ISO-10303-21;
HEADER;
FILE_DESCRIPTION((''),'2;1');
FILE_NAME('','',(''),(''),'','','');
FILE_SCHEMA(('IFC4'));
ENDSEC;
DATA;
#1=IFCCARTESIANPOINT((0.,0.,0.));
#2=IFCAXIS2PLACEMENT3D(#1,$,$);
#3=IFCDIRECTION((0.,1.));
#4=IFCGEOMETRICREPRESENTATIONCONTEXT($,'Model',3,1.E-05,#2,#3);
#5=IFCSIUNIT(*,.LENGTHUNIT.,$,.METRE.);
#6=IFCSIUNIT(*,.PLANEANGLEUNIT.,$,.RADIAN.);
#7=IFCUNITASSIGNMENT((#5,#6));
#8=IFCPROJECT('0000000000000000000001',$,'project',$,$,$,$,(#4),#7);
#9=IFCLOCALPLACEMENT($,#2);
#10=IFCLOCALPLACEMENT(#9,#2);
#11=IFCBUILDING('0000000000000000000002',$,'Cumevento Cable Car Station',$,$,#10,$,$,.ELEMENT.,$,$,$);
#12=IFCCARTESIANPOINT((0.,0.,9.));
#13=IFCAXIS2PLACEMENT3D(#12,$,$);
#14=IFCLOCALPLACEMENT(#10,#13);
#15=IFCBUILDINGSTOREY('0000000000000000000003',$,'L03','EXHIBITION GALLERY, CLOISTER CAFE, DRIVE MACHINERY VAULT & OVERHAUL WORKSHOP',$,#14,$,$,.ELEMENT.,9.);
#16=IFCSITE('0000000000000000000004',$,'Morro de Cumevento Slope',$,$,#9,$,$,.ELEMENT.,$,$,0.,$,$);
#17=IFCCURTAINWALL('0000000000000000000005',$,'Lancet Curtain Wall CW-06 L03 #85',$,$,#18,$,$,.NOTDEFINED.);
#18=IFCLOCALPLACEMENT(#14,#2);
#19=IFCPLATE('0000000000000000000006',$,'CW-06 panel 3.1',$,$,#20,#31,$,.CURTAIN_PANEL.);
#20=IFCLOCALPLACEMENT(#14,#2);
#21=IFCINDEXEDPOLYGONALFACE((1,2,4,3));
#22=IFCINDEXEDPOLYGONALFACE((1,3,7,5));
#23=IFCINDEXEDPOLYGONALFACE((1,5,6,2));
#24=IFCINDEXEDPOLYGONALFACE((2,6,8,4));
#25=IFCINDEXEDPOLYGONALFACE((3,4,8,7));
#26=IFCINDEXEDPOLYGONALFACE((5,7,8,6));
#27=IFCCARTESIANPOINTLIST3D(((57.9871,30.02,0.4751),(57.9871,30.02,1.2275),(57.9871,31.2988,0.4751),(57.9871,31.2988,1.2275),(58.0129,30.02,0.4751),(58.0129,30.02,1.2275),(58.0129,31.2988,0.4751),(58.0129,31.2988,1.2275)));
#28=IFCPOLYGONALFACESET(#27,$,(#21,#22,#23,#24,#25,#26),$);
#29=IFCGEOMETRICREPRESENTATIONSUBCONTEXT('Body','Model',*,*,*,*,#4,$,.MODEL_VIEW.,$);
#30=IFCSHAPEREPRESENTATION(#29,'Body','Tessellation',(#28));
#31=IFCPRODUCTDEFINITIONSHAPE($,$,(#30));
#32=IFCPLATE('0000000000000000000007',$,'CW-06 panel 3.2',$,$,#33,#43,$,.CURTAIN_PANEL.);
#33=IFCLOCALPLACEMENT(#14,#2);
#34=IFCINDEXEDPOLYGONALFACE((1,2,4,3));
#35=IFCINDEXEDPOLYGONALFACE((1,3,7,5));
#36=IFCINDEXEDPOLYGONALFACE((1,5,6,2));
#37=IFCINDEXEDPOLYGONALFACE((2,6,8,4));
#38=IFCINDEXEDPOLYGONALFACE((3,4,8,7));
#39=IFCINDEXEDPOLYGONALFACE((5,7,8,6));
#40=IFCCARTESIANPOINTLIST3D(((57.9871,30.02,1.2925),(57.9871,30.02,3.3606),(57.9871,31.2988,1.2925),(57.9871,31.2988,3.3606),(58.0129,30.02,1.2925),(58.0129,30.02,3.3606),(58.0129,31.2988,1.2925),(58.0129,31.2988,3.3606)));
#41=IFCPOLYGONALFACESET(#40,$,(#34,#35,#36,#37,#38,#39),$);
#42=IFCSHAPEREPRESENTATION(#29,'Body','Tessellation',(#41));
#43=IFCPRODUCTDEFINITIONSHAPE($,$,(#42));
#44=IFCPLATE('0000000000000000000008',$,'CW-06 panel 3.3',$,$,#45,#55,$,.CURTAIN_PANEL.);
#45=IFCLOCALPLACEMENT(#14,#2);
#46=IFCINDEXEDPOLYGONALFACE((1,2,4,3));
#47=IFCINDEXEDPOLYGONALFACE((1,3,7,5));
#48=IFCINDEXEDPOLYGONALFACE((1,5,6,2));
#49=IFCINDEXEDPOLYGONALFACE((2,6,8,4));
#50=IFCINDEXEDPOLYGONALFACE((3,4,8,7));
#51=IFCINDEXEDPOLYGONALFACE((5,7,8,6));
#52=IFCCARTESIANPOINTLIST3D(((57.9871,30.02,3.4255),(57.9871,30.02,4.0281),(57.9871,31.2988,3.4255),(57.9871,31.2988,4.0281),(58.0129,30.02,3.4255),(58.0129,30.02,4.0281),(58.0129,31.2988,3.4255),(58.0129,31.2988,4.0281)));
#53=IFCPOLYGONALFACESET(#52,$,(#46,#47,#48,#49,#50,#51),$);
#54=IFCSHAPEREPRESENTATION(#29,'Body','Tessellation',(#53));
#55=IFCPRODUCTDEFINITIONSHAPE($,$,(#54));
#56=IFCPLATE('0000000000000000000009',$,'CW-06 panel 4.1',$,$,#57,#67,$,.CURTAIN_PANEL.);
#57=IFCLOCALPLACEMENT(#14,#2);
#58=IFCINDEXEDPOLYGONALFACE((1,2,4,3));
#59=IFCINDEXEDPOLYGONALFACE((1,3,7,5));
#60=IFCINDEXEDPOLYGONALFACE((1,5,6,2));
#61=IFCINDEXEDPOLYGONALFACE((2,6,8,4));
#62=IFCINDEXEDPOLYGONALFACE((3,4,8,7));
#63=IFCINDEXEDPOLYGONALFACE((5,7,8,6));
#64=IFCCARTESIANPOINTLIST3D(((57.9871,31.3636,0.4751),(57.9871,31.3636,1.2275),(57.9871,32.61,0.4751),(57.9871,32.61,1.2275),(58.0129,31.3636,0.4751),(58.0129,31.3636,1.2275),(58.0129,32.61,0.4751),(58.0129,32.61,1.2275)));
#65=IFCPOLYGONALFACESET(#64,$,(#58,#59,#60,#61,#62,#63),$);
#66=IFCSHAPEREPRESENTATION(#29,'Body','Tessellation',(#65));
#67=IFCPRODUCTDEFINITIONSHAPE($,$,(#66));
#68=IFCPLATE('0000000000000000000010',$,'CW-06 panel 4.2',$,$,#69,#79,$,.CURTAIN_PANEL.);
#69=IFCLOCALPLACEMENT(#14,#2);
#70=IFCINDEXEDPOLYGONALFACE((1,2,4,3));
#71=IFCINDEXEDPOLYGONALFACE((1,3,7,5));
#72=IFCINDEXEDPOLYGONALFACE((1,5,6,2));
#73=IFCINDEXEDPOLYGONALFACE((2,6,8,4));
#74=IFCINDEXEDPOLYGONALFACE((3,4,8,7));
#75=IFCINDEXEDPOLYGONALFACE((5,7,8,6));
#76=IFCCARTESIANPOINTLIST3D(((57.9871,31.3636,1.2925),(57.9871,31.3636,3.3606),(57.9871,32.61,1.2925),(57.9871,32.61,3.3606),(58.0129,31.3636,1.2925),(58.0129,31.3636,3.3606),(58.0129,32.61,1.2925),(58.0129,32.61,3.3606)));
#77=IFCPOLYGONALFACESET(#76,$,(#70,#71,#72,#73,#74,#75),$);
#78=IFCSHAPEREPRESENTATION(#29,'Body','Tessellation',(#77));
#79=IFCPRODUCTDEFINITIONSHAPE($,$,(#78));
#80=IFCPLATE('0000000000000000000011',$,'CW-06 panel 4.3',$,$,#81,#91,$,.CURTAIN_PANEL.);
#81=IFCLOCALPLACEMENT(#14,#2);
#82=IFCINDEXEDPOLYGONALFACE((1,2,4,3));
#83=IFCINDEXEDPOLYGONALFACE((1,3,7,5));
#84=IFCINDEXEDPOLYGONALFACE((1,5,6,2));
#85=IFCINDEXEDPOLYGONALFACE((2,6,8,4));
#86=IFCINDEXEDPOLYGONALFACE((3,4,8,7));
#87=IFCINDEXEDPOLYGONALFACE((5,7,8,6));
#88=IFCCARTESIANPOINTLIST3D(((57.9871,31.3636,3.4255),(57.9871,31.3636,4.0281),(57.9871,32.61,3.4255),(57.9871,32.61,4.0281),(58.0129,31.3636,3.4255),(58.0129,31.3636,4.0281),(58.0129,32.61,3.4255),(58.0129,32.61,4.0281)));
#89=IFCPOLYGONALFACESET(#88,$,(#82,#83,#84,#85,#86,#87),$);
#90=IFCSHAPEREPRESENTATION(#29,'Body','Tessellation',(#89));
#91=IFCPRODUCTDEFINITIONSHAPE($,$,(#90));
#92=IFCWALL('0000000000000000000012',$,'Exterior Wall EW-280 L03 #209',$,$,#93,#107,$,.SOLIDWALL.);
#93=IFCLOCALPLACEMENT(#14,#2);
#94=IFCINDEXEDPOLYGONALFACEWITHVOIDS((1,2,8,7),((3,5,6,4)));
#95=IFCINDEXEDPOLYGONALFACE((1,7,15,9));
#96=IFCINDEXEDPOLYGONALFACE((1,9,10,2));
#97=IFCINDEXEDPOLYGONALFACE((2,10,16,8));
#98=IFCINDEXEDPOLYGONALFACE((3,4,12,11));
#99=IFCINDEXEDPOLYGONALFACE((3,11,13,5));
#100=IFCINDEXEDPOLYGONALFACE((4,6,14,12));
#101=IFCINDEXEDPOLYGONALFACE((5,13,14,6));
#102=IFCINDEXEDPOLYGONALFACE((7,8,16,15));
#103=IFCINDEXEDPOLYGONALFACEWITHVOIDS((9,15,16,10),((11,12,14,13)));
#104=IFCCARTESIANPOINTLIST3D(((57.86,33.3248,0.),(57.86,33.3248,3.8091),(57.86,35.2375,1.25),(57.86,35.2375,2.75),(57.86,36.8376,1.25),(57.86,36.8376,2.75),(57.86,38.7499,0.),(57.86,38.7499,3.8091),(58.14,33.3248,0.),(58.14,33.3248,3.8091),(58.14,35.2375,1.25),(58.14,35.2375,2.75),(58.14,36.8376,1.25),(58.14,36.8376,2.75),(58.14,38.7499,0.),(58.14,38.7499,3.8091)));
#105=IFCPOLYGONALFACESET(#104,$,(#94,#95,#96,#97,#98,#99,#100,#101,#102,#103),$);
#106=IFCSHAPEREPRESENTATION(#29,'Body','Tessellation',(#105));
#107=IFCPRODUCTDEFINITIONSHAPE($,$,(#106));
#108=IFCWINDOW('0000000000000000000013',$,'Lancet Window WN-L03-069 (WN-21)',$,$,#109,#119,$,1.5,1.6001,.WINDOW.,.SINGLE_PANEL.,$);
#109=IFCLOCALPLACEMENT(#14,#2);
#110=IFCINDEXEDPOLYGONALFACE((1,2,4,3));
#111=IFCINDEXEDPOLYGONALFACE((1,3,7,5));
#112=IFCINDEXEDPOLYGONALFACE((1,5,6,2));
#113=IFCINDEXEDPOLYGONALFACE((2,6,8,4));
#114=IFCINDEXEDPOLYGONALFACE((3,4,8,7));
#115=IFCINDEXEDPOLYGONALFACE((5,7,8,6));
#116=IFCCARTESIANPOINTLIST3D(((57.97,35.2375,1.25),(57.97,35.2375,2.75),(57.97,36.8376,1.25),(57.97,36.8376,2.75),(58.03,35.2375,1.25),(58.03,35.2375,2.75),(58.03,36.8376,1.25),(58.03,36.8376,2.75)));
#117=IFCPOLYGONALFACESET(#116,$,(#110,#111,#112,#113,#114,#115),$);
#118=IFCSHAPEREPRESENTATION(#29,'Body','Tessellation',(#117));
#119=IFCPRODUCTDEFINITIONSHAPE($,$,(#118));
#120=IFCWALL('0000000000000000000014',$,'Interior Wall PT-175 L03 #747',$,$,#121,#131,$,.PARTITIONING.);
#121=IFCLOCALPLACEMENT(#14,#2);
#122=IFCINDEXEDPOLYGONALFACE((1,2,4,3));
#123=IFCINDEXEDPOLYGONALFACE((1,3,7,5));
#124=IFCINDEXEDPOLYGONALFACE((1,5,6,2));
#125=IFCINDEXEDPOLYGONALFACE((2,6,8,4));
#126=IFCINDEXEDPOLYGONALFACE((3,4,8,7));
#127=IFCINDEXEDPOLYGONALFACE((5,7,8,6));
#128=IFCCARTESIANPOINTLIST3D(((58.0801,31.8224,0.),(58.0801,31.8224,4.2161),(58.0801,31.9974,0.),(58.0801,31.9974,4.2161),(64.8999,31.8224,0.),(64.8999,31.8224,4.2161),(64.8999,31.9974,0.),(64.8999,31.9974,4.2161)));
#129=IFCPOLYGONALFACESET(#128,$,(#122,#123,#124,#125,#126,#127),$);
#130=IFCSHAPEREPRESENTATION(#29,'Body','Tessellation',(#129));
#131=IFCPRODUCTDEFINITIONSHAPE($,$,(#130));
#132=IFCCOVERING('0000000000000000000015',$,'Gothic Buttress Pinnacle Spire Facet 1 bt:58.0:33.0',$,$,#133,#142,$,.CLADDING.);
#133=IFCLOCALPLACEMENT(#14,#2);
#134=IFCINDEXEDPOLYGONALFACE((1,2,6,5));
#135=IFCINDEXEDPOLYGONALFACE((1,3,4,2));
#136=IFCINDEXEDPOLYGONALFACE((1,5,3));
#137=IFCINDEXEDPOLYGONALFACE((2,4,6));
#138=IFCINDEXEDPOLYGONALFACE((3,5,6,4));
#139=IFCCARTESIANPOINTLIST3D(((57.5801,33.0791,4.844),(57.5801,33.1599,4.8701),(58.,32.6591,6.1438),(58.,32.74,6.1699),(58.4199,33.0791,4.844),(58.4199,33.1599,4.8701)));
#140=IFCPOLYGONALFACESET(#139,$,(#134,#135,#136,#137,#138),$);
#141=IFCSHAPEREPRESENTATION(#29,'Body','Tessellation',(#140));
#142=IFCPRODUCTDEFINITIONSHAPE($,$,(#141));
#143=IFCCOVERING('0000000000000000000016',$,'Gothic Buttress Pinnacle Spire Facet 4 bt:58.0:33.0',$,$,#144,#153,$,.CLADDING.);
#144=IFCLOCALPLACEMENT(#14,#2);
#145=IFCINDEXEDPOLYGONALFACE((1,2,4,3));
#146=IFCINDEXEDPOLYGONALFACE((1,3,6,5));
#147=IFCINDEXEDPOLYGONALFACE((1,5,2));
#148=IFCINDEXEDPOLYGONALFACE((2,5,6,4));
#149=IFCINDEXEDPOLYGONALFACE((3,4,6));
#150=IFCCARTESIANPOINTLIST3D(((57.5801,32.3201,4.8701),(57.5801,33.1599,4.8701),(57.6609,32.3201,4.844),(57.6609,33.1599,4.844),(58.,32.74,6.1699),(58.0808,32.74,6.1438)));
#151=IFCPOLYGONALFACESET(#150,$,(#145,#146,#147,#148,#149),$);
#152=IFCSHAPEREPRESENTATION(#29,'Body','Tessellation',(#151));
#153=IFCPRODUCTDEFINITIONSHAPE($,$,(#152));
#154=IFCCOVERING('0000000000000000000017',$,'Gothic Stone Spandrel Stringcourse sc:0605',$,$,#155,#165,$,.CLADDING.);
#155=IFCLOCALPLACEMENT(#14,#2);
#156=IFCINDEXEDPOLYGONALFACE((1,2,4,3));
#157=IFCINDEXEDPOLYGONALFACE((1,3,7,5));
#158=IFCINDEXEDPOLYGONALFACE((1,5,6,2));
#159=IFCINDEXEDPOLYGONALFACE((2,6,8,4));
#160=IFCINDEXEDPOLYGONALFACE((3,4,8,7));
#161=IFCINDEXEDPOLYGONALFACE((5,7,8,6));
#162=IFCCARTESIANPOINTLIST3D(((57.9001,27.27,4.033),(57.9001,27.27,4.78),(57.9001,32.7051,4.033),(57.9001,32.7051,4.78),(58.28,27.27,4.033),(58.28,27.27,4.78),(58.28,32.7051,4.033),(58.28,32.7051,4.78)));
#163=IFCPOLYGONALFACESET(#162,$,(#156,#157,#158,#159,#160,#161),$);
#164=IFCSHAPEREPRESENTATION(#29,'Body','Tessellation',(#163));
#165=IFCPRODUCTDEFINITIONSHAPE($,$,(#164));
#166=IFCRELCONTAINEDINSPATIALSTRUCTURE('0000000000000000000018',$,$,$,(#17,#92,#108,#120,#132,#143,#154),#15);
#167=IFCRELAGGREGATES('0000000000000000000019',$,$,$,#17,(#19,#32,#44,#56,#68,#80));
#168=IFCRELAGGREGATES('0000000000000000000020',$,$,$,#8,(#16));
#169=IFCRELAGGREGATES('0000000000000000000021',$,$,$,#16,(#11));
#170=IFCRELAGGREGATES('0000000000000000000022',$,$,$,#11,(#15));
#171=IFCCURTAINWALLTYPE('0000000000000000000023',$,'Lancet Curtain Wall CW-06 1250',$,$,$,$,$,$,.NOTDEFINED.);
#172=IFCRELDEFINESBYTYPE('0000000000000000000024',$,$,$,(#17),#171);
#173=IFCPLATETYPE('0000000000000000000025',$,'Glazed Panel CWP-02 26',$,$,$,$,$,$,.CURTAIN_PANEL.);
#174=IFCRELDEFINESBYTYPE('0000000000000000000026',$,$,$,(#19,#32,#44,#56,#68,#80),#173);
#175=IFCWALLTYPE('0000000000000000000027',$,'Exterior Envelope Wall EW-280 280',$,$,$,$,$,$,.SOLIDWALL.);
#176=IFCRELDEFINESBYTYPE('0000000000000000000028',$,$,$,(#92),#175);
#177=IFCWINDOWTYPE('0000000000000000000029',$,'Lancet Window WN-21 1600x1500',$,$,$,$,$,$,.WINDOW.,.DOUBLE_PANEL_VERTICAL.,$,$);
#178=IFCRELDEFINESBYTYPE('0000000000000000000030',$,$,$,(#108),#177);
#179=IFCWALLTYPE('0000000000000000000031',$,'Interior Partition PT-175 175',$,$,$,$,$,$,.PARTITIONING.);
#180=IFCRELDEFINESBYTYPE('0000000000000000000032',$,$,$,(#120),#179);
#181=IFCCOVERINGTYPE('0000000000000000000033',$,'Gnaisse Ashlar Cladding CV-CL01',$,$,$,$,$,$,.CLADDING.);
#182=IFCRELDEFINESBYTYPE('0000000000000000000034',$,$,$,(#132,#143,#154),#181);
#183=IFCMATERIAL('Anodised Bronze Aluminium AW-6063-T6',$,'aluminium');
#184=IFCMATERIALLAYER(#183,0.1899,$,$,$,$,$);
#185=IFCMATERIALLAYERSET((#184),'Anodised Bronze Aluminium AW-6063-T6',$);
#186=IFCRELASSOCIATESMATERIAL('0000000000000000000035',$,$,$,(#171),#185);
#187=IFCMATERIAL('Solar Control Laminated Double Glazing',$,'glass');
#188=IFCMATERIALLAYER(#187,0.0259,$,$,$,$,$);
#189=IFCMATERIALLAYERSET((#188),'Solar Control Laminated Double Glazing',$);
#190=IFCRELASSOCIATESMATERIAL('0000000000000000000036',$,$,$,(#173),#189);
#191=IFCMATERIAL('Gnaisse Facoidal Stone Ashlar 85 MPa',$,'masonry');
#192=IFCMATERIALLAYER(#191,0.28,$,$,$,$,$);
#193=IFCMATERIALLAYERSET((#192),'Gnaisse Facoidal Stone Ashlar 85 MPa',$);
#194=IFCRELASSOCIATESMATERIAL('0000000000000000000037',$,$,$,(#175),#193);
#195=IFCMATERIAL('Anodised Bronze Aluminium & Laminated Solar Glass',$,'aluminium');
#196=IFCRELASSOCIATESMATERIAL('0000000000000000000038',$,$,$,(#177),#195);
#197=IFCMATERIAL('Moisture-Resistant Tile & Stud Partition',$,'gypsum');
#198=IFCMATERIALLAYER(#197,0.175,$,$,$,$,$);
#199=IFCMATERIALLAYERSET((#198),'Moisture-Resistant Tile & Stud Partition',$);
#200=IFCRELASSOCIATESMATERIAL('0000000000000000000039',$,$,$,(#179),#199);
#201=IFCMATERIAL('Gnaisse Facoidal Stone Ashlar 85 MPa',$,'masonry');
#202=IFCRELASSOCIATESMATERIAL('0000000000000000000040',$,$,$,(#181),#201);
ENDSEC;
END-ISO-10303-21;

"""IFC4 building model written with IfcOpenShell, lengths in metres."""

from ifc_helpers import new_model, si_unit, direction, frame, frame_2d, origin, origin_2d, place, context, subcontext, project, spatial, polyline, rectangle, outline, extrude, material, layer, layer_set, type_object, element, fill, aggregate, save


model = new_model("IFC4")

# Units and contexts
model_context = context("Model", 3, precision=1e-05, world=origin(), true_north=direction((0.0, 1.0)))
body_context = subcontext(model_context, "Body", "Model", "MODEL_VIEW")
ifc_project = project(units=[si_unit("LENGTHUNIT", "METRE"), si_unit("PLANEANGLEUNIT", "RADIAN")], contexts=[model_context])

# Site, building, storey
site_placement = place(None, origin())
site = spatial("IfcSite", under=ifc_project, at=site_placement, Name="Morro de Cumevento Slope", CompositionType="ELEMENT", RefElevation=0.0)
building_placement = place(site_placement, origin())
building = spatial("IfcBuilding", under=site, at=building_placement, Name="Cumevento Cable Car Station", CompositionType="ELEMENT")
storey_placement = place(building_placement, frame((0.0, 0.0, 9.0)))
storey = spatial("IfcBuildingStorey", under=building, at=storey_placement, Name="L03", Description="EXHIBITION GALLERY, CLOISTER CAFE, DRIVE MACHINERY VAULT & OVERHAUL WORKSHOP", CompositionType="ELEMENT", Elevation=9.0)

# Curtain wall
ifc_material_1 = material(Name="Anodised Bronze Aluminium AW-6063-T6", Category="aluminium")
ifc_layer_1 = layer(ifc_material_1, 0.1899)
ifc_layer_set_1 = layer_set([ifc_layer_1], Name="Anodised Bronze Aluminium AW-6063-T6")
curtain_wall_type = type_object("IfcCurtainWallType", Name="Lancet Curtain Wall CW-06 1250", PredefinedType="NOTDEFINED", material=ifc_layer_set_1)
curtain_wall_placement = place(storey_placement, origin())
curtain_wall = element("IfcCurtainWall", 1, at=curtain_wall_placement, inside=storey, type_object=curtain_wall_type, Name="Lancet Curtain Wall CW-06 L03 #85", PredefinedType="NOTDEFINED")

# Plates
ifc_material_2 = material(Name="Solar Control Laminated Double Glazing", Category="glass")
ifc_layer_2 = layer(ifc_material_2, 0.0259)
ifc_layer_set_2 = layer_set([ifc_layer_2], Name="Solar Control Laminated Double Glazing")
plate_type = type_object("IfcPlateType", Name="Glazed Panel CWP-02 26", PredefinedType="CURTAIN_PANEL", material=ifc_layer_set_2)
plate_1_placement = place(storey_placement, frame((58.0, 30.6594, 0.4751), z_axis=(0.0, 0.0, 1.0), x_axis=(0.0, 1.0, 0.0)))
plate_1 = element("IfcPlate", 2, at=plate_1_placement, type_object=plate_type, Name="CW-06 panel 3.1", PredefinedType="CURTAIN_PANEL", context=body_context, shape_type="SweptSolid", body=[
    extrude(rectangle(XDim=1.2788, YDim=0.0259, at=origin_2d()), origin(), (0.0, 0.0, 1.0), 0.7524),
])
plate_2_placement = place(storey_placement, frame((58.0, 30.6594, 1.2925), z_axis=(0.0, 0.0, 1.0), x_axis=(0.0, 1.0, 0.0)))
plate_2 = element("IfcPlate", 3, at=plate_2_placement, type_object=plate_type, Name="CW-06 panel 3.2", PredefinedType="CURTAIN_PANEL", context=body_context, shape_type="SweptSolid", body=[
    extrude(rectangle(XDim=1.2788, YDim=0.0259, at=origin_2d()), origin(), (0.0, 0.0, 1.0), 2.0681),
])
plate_3_placement = place(storey_placement, frame((58.0, 30.6594, 3.4255), z_axis=(0.0, 0.0, 1.0), x_axis=(0.0, 1.0, 0.0)))
plate_3 = element("IfcPlate", 4, at=plate_3_placement, type_object=plate_type, Name="CW-06 panel 3.3", PredefinedType="CURTAIN_PANEL", context=body_context, shape_type="SweptSolid", body=[
    extrude(rectangle(XDim=1.2788, YDim=0.0259, at=origin_2d()), origin(), (0.0, 0.0, 1.0), 0.6025),
])
plate_4_placement = place(storey_placement, frame((58.0, 31.9868, 0.4751), z_axis=(0.0, 0.0, 1.0), x_axis=(0.0, 1.0, 0.0)))
plate_4 = element("IfcPlate", 5, at=plate_4_placement, type_object=plate_type, Name="CW-06 panel 4.1", PredefinedType="CURTAIN_PANEL", context=body_context, shape_type="SweptSolid", body=[
    extrude(rectangle(XDim=1.2463, YDim=0.0259, at=origin_2d()), origin(), (0.0, 0.0, 1.0), 0.7524),
])
plate_5_placement = place(storey_placement, frame((58.0, 31.9868, 1.2925), z_axis=(0.0, 0.0, 1.0), x_axis=(0.0, 1.0, 0.0)))
plate_5 = element("IfcPlate", 6, at=plate_5_placement, type_object=plate_type, Name="CW-06 panel 4.2", PredefinedType="CURTAIN_PANEL", context=body_context, shape_type="SweptSolid", body=[
    extrude(rectangle(XDim=1.2463, YDim=0.0259, at=origin_2d()), origin(), (0.0, 0.0, 1.0), 2.0681),
])
plate_6_placement = place(storey_placement, frame((58.0, 31.9868, 3.4255), z_axis=(0.0, 0.0, 1.0), x_axis=(0.0, 1.0, 0.0)))
plate_6 = element("IfcPlate", 7, at=plate_6_placement, type_object=plate_type, Name="CW-06 panel 4.3", PredefinedType="CURTAIN_PANEL", context=body_context, shape_type="SweptSolid", body=[
    extrude(rectangle(XDim=1.2463, YDim=0.0259, at=origin_2d()), origin(), (0.0, 0.0, 1.0), 0.6025),
])
aggregate(curtain_wall, [plate_1, plate_2, plate_3, plate_4, plate_5, plate_6])

# Wall, opening, window
ifc_material_3 = material(Name="Gnaisse Facoidal Stone Ashlar 85 MPa", Category="masonry")
ifc_layer_3 = layer(ifc_material_3, 0.28)
ifc_layer_set_3 = layer_set([ifc_layer_3], Name="Gnaisse Facoidal Stone Ashlar 85 MPa")
wall_type_1 = type_object("IfcWallType", Name="Exterior Envelope Wall EW-280 280", PredefinedType="SOLIDWALL", material=ifc_layer_set_3)
wall_1_placement = place(storey_placement, frame((58.0, 33.325, 0.0), z_axis=(0.0, 0.0, 1.0), x_axis=(0.0, 1.0, 0.0)))
wall_1 = element("IfcWall", 8, at=wall_1_placement, inside=storey, type_object=wall_type_1, Name="Exterior Wall EW-280 L03 #209", PredefinedType="SOLIDWALL", context=body_context, shape_type="SweptSolid", body=[
    extrude(rectangle(XDim=5.425, YDim=0.28, at=frame_2d((2.7124, 0.0))), origin(), (0.0, 0.0, 1.0), 3.8091),
])
opening_placement = place(wall_1_placement, frame((1.9126, 0.0, 1.25)))
opening = element("IfcOpeningElement", 9, at=opening_placement, cuts=wall_1, PredefinedType="OPENING", context=body_context, shape_type="SweptSolid", body=[
    extrude(rectangle(XDim=1.6001, YDim=1.5, at=frame_2d((0.8, 0.75))), frame((0.0, 0.1501, 0.0), z_axis=(0.0, -1.0, 0.0), x_axis=(1.0, 0.0, 0.0)), (0.0, 0.0, 1.0), 0.3),
])
ifc_material_4 = material(Name="Anodised Bronze Aluminium & Laminated Solar Glass", Category="aluminium")
window_type = type_object("IfcWindowType", Name="Lancet Window WN-21 1600x1500", PartitioningType="DOUBLE_PANEL_VERTICAL", PredefinedType="WINDOW", material=ifc_material_4)
window_placement = place(opening_placement, origin())
window = element("IfcWindow", 10, at=window_placement, inside=storey, type_object=window_type, Name="Lancet Window WN-L03-069 (WN-21)", OverallHeight=1.5, OverallWidth=1.6001, PartitioningType="SINGLE_PANEL", PredefinedType="WINDOW", context=body_context, shape_type="SweptSolid", body=[
    extrude(rectangle(XDim=1.6001, YDim=1.5, at=frame_2d((0.8, 0.75))), frame((0.0, 0.03, 0.0), z_axis=(0.0, -1.0, 0.0), x_axis=(1.0, 0.0, 0.0)), (0.0, 0.0, 1.0), 0.0601),
])
fill(opening, window)

# Wall
ifc_material_5 = material(Name="Moisture-Resistant Tile & Stud Partition", Category="gypsum")
ifc_layer_4 = layer(ifc_material_5, 0.175)
ifc_layer_set_4 = layer_set([ifc_layer_4], Name="Moisture-Resistant Tile & Stud Partition")
wall_type_2 = type_object("IfcWallType", Name="Interior Partition PT-175 175", PredefinedType="PARTITIONING", material=ifc_layer_set_4)
wall_2_placement = place(storey_placement, frame((58.0801, 31.9099, 0.0), z_axis=(0.0, 0.0, 1.0), x_axis=(1.0, 0.0, 0.0)))
element("IfcWall", 11, at=wall_2_placement, inside=storey, type_object=wall_type_2, Name="Interior Wall PT-175 L03 #747", PredefinedType="PARTITIONING", context=body_context, shape_type="SweptSolid", body=[
    extrude(rectangle(XDim=6.8198, YDim=0.175, at=frame_2d((3.4099, 0.0))), origin(), (0.0, 0.0, 1.0), 4.2161),
])

# Coverings
ifc_material_6 = material(Name="Gnaisse Facoidal Stone Ashlar 85 MPa", Category="masonry")
covering_type = type_object("IfcCoveringType", Name="Gnaisse Ashlar Cladding CV-CL01", PredefinedType="CLADDING", material=ifc_material_6)
for number, where, z_axis, x_axis, name in (
    (12, (57.5801, 33.1599, 4.8701), (0.0, 0.951574, 0.307421), (1.0, 0.0, 0.0), "Gothic Buttress Pinnacle Spire Facet 1 bt:58.0:33.0"),
    (13, (57.5801, 32.3201, 4.8701), (-0.951574, 0.0, 0.307421), (0.0, 1.0, 0.0), "Gothic Buttress Pinnacle Spire Facet 4 bt:58.0:33.0"),
):
    element("IfcCovering", number, at=place(storey_placement, frame(where, z_axis=z_axis, x_axis=x_axis)), inside=storey, type_object=covering_type, Name=name, PredefinedType="CLADDING", context=body_context, shape_type="SweptSolid", body=[
        extrude(outline(polyline([(0.0, 0.0), (0.8398, 0.0), (0.4199, -1.366), (0.0, 0.0)])), origin(), (0.0, 0.0, -1.0), 0.085),
    ])
covering_1_placement = place(storey_placement, frame((58.0901, 29.9875, 4.033), z_axis=(0.0, 0.0, 1.0), x_axis=(0.0, 1.0, 0.0)))
element("IfcCovering", 14, at=covering_1_placement, inside=storey, type_object=covering_type, Name="Gothic Stone Spandrel Stringcourse sc:0605", PredefinedType="CLADDING", context=body_context, shape_type="SweptSolid", body=[
    extrude(rectangle(XDim=5.4351, YDim=0.3799, at=origin_2d()), origin(), (0.0, 0.0, 1.0), 0.7471),
])

save(model, "model.ifc")
